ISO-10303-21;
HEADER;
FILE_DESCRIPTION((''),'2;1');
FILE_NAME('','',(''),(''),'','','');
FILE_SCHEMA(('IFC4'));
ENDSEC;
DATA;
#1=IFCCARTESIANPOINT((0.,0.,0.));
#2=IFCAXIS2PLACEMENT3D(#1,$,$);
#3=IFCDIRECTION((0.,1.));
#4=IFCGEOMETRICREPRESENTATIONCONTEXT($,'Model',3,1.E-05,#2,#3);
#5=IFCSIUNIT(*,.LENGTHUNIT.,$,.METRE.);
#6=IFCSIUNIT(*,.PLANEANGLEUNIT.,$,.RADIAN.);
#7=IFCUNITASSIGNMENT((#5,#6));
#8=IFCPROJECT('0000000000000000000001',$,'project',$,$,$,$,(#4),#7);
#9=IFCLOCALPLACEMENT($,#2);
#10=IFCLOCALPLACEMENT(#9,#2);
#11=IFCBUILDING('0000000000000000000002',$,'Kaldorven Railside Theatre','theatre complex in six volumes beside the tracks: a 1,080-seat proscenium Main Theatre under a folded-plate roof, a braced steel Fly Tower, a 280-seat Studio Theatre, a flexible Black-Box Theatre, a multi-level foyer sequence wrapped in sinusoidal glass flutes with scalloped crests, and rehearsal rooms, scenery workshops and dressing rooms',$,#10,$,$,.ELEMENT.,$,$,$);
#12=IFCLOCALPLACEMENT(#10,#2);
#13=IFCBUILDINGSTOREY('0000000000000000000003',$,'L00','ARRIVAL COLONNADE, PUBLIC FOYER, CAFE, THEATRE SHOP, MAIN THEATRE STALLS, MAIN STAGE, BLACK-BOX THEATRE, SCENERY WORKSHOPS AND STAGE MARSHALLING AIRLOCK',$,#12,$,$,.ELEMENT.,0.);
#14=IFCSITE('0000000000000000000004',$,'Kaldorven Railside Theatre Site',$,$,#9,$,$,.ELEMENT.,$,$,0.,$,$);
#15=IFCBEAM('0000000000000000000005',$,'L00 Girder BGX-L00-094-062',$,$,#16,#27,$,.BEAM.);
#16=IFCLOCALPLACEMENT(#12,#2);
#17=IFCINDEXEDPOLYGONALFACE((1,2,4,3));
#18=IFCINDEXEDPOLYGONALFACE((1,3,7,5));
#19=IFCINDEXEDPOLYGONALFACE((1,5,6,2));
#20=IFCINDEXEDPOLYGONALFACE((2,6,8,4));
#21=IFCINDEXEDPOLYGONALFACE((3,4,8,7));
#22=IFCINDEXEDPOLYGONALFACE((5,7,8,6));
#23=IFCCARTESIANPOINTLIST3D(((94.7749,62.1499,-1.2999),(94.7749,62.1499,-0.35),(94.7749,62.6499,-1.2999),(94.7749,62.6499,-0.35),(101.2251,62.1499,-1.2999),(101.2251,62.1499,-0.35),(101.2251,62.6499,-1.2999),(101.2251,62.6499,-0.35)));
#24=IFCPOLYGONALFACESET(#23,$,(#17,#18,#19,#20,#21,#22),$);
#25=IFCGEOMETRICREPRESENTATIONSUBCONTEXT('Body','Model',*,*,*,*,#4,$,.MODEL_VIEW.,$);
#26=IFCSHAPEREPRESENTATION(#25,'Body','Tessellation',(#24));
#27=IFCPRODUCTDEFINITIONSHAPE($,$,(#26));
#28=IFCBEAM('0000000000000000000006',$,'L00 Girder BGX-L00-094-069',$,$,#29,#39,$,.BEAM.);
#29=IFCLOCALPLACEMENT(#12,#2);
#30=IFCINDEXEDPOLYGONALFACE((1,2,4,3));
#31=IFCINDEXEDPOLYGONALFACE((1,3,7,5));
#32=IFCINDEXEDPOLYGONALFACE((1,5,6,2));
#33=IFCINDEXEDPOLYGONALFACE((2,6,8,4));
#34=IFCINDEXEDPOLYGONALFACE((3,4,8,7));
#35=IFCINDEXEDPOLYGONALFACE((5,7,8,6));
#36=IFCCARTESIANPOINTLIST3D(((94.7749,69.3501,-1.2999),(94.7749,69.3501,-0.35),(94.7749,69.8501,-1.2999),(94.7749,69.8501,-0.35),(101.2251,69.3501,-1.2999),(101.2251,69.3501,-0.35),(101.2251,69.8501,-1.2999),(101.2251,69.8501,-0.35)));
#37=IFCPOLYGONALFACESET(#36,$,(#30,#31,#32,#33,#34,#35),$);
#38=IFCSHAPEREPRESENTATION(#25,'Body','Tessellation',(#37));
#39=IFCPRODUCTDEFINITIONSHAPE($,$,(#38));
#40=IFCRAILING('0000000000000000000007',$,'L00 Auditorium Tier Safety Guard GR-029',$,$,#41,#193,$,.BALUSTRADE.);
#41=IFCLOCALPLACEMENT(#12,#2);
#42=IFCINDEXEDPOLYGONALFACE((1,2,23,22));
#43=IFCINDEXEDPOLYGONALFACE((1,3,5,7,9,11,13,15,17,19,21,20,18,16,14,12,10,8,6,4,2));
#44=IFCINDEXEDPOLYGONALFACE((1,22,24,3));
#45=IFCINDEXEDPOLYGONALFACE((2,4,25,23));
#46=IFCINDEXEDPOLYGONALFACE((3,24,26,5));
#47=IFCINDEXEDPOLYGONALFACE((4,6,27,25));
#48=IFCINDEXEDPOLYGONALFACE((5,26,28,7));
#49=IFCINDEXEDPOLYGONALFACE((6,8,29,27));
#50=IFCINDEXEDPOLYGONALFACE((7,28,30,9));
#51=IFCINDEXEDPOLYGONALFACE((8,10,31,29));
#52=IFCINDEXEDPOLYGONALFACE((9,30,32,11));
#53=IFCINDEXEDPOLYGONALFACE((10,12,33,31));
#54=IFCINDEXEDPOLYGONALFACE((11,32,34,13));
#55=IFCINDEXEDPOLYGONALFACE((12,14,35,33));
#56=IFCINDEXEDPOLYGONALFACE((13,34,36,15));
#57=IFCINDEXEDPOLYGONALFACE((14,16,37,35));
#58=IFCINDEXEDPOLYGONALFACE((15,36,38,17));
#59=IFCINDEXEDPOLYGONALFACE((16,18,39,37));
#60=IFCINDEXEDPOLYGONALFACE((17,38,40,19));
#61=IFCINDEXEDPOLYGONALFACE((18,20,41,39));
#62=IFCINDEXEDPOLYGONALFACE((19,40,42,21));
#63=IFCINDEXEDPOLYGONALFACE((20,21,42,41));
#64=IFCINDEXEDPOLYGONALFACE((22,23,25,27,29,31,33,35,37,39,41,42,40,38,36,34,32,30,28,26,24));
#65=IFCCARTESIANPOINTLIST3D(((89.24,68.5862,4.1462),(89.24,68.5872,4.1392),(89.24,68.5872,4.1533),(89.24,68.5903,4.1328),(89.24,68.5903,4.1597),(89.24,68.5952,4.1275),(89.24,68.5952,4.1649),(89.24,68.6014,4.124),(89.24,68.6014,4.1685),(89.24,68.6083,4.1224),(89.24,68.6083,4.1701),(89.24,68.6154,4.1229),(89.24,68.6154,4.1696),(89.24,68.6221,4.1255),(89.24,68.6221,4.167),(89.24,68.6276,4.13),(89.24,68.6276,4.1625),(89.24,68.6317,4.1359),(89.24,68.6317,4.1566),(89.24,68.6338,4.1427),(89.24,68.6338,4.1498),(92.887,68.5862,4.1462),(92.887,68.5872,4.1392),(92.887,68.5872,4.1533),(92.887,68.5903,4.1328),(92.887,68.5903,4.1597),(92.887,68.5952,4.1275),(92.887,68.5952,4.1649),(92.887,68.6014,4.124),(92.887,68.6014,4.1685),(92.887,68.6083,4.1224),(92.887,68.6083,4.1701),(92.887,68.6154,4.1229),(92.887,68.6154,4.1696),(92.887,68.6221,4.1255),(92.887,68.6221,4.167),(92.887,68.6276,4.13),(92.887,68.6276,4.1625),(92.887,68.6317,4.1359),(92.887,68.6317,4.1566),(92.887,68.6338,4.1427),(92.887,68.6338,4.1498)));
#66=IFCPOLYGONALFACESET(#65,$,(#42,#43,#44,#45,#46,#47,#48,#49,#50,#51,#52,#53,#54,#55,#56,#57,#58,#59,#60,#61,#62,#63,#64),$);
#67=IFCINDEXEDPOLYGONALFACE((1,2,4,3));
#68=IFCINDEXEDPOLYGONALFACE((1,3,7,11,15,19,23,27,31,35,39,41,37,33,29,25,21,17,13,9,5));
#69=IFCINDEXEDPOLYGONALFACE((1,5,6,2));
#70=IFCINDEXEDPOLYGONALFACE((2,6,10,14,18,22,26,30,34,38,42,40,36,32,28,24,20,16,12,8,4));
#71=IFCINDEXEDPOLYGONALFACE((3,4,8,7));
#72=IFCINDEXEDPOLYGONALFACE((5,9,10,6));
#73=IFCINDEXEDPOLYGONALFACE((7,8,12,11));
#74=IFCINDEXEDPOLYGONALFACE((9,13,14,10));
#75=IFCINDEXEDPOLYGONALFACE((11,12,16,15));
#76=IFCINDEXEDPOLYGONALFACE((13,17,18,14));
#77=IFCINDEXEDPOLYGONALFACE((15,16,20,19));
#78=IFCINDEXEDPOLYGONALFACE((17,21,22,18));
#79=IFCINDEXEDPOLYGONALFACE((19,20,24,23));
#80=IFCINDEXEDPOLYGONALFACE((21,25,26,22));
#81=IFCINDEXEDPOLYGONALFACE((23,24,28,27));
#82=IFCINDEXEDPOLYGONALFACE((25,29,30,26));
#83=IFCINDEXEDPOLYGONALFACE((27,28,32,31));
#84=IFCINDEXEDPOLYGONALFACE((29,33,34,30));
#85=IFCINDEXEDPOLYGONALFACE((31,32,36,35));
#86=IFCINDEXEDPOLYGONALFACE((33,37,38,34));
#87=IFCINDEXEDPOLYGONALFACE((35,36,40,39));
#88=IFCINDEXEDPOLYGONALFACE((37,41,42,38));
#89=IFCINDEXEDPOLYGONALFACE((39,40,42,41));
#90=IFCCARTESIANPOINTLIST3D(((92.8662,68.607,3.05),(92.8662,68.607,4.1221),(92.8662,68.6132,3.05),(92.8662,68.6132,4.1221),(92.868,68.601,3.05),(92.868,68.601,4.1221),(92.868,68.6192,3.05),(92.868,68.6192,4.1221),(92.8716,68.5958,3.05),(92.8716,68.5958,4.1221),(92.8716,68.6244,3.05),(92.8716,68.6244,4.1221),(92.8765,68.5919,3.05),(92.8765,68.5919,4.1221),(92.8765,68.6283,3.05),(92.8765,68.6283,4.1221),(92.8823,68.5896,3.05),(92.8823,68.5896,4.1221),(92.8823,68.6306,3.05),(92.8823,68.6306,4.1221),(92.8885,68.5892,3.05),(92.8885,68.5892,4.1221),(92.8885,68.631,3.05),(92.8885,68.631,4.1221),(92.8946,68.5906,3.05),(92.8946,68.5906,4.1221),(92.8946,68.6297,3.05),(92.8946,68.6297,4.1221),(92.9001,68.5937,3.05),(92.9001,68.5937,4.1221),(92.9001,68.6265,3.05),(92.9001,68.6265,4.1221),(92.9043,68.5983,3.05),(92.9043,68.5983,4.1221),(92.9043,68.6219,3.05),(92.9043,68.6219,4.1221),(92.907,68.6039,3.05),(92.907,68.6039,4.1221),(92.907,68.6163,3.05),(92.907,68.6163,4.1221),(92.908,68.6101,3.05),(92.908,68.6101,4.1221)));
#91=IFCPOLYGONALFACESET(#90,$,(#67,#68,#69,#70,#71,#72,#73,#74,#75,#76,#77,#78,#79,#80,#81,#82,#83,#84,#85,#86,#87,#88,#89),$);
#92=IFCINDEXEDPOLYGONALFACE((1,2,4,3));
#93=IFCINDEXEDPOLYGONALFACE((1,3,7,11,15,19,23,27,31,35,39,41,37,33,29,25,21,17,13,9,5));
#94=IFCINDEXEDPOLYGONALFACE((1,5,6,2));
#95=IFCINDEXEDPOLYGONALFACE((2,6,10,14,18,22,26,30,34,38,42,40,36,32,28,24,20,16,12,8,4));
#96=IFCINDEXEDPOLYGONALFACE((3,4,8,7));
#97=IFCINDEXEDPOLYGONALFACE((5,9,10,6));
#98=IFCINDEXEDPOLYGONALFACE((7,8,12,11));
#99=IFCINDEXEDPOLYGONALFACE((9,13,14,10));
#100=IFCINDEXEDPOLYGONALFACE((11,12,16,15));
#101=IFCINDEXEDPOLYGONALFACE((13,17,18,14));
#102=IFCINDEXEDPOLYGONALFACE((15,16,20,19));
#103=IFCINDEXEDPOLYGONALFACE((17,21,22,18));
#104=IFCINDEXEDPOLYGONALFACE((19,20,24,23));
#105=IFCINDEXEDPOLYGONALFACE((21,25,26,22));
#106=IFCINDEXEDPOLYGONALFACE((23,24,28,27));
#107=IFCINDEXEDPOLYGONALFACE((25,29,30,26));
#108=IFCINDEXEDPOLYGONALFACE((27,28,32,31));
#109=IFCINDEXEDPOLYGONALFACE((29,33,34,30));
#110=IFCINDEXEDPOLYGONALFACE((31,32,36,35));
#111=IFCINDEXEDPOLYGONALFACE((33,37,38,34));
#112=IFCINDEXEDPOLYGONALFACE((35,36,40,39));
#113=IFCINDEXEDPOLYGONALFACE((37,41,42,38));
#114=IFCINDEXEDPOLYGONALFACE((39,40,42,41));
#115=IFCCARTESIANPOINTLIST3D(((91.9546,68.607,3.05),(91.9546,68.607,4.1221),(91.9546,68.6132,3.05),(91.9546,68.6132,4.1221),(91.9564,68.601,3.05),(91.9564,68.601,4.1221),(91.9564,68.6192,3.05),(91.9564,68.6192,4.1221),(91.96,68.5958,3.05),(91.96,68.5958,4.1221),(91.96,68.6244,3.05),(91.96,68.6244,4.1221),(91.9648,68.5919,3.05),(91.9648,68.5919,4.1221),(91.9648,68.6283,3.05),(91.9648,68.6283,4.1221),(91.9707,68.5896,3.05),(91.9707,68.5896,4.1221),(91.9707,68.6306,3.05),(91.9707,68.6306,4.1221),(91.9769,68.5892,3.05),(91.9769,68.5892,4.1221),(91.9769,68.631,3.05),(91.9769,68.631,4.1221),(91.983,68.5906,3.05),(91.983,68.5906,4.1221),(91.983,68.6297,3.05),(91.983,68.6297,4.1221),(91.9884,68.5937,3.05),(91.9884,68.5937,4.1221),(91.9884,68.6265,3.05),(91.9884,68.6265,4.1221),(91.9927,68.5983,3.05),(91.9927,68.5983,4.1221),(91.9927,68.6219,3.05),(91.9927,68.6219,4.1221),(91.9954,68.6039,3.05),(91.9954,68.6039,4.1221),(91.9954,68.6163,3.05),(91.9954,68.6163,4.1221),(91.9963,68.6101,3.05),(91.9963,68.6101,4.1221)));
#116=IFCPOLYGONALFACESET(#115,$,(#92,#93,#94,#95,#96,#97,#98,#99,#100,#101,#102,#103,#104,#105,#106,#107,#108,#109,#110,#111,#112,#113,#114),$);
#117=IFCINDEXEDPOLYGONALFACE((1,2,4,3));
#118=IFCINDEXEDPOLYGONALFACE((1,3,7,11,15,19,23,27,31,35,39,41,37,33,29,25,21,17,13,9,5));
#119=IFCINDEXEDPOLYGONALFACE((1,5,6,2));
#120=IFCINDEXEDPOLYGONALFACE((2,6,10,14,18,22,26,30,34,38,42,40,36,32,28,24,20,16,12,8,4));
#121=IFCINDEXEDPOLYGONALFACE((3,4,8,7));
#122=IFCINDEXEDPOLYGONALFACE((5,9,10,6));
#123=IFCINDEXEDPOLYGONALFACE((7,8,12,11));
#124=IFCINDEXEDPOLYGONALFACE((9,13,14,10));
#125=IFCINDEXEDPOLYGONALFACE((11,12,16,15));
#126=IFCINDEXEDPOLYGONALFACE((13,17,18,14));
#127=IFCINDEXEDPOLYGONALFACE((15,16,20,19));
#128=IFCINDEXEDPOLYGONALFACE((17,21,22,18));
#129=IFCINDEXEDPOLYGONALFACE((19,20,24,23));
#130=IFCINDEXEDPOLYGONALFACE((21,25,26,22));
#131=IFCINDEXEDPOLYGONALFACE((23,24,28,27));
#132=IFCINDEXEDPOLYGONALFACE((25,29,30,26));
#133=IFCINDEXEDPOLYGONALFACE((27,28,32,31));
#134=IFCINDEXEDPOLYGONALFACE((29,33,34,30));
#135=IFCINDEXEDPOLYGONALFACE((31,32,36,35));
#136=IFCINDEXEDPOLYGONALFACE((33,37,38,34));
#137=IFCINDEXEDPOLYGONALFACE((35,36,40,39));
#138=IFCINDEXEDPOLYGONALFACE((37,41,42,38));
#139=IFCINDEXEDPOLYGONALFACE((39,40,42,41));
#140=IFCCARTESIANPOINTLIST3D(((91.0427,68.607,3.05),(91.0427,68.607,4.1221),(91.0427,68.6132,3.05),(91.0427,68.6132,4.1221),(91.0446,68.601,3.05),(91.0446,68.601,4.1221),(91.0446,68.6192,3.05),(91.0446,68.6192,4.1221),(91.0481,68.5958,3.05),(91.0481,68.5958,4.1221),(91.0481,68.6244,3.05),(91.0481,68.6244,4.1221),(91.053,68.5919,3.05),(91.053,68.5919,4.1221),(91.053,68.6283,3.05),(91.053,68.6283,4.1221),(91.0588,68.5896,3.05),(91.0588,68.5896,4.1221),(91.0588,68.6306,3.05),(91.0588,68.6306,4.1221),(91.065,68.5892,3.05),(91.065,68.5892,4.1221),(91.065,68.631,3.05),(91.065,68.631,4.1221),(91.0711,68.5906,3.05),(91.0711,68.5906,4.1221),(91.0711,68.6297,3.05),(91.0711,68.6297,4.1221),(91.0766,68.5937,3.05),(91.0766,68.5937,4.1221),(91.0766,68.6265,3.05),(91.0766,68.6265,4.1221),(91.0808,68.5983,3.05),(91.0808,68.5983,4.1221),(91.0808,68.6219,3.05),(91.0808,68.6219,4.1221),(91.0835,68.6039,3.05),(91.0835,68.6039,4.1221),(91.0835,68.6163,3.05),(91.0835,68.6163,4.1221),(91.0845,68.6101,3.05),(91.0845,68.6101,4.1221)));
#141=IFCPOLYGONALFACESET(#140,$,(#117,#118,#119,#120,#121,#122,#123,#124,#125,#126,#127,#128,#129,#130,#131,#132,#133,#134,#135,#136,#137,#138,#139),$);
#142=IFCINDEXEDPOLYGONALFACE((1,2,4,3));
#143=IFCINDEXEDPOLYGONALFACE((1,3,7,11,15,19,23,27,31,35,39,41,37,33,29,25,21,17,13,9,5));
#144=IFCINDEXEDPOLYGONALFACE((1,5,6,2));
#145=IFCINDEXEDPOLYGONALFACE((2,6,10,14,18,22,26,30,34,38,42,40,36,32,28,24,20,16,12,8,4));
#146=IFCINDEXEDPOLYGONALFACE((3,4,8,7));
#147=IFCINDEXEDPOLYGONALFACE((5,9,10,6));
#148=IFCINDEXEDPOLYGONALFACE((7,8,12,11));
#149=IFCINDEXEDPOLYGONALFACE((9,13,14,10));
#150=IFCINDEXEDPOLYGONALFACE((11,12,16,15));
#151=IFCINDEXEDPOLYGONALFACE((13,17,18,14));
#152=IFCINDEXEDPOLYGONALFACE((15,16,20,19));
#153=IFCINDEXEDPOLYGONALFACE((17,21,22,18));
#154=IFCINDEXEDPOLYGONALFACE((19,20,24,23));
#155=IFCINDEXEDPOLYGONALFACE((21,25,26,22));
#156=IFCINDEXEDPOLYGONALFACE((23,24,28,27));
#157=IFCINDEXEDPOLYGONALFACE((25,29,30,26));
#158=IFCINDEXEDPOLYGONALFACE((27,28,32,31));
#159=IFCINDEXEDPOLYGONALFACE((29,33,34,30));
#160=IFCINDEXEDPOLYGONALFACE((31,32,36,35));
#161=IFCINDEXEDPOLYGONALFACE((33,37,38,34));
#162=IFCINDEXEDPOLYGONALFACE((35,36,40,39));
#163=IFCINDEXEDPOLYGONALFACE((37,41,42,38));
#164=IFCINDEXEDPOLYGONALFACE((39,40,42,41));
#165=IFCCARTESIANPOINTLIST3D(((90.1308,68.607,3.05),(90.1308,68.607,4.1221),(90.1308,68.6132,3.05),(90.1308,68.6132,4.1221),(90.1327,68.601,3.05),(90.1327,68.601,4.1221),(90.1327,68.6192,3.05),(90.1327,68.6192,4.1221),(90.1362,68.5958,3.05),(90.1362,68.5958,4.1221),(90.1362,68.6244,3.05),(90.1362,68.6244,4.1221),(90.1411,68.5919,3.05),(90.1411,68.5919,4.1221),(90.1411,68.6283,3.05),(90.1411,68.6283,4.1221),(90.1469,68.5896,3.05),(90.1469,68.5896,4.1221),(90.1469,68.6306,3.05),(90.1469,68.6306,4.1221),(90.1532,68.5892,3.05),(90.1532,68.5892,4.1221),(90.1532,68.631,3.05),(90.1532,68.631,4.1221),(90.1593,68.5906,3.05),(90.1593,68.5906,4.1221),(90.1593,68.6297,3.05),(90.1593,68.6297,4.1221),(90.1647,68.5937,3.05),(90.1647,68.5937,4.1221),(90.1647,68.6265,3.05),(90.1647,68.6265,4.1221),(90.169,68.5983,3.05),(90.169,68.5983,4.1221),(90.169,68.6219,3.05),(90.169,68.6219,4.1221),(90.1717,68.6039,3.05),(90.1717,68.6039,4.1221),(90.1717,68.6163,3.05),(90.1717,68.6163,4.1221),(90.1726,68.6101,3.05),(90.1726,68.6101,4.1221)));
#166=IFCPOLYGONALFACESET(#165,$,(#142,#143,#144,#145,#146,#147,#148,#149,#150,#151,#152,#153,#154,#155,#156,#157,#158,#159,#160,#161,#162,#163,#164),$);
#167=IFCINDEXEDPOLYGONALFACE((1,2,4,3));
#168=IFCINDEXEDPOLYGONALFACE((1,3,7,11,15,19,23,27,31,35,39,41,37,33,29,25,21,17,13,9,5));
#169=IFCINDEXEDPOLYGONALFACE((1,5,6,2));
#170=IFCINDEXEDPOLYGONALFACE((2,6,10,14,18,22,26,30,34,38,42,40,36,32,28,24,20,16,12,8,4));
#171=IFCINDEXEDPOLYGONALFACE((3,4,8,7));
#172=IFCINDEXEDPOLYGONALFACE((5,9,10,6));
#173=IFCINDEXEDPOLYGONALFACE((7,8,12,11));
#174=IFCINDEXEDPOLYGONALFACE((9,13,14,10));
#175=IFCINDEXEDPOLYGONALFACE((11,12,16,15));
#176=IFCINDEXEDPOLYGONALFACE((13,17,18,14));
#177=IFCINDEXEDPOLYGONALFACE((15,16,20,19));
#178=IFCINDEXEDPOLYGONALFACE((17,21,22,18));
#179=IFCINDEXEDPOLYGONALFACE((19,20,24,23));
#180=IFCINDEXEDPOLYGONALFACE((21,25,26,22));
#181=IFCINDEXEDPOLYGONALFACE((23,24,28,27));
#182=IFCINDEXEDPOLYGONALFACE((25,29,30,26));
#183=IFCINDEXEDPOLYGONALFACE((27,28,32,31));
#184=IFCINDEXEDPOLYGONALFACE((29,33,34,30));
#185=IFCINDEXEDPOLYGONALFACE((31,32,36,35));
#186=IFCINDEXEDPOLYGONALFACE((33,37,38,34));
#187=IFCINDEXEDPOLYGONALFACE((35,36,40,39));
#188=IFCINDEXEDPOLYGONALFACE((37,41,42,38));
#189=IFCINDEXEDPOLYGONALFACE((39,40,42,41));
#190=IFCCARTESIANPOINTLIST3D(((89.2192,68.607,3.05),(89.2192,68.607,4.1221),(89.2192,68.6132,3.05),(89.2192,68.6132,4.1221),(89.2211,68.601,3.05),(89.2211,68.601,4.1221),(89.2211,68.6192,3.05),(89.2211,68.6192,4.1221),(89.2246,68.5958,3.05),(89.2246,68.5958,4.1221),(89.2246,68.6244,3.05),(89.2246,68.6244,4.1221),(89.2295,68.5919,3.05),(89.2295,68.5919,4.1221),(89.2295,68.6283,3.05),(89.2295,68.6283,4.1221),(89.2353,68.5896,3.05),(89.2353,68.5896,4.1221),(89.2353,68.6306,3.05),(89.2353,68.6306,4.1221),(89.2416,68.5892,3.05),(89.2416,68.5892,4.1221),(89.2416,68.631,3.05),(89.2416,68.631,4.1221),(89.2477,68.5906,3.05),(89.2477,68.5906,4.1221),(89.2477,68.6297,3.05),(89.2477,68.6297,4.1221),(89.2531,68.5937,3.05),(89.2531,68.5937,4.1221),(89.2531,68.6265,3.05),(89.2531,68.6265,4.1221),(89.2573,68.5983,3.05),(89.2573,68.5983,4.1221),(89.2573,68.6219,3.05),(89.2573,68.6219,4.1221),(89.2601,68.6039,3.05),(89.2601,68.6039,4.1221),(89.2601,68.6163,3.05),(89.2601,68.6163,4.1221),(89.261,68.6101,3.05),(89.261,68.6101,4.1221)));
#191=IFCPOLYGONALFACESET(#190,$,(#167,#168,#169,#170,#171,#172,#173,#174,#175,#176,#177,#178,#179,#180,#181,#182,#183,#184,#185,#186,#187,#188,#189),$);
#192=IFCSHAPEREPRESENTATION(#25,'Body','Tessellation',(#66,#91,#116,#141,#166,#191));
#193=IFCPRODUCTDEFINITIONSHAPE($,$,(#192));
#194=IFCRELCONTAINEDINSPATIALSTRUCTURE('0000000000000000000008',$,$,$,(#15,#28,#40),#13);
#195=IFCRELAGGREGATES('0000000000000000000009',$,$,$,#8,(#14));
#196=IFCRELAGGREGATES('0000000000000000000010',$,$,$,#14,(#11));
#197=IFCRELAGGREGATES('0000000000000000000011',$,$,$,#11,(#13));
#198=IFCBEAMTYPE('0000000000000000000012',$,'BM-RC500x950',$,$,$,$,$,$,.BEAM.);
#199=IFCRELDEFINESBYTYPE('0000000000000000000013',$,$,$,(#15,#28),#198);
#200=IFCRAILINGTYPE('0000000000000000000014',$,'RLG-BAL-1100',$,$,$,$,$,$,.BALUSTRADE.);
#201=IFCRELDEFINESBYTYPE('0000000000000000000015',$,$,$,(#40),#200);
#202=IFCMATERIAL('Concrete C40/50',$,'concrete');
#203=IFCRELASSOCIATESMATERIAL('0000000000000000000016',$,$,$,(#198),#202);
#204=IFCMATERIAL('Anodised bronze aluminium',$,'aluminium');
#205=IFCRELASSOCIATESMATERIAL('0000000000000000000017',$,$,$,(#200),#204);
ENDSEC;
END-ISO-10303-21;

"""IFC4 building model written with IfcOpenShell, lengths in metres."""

from ifc_helpers import new_model, si_unit, direction, frame, origin, origin_2d, place, context, subcontext, project, spatial, rectangle, circle, extrude, material, material_profile, profile_set, type_object, element, save


model = new_model("IFC4")

# Units and contexts
model_context = context("Model", 3, precision=1e-05, world=origin(), true_north=direction((0.0, 1.0)))
body_context = subcontext(model_context, "Body", "Model", "MODEL_VIEW")
ifc_project = project(units=[si_unit("LENGTHUNIT", "METRE"), si_unit("PLANEANGLEUNIT", "RADIAN")], contexts=[model_context])

# Site, building, storey
site_placement = place(None, origin())
site = spatial("IfcSite", under=ifc_project, at=site_placement, Name="Kaldorven Railside Theatre Site", CompositionType="ELEMENT", RefElevation=0.0)
building_placement = place(site_placement, origin())
building = spatial("IfcBuilding", under=site, at=building_placement, Name="Kaldorven Railside Theatre", Description="theatre complex in six volumes beside the tracks: a 1,080-seat proscenium Main Theatre under a folded-plate roof, a braced steel Fly Tower, a 280-seat Studio Theatre, a flexible Black-Box Theatre, a multi-level foyer sequence wrapped in sinusoidal glass flutes with scalloped crests, and rehearsal rooms, scenery workshops and dressing rooms", CompositionType="ELEMENT")
storey_placement = place(building_placement, origin())
storey = spatial("IfcBuildingStorey", under=building, at=storey_placement, Name="L00", Description="ARRIVAL COLONNADE, PUBLIC FOYER, CAFE, THEATRE SHOP, MAIN THEATRE STALLS, MAIN STAGE, BLACK-BOX THEATRE, SCENERY WORKSHOPS AND STAGE MARSHALLING AIRLOCK", CompositionType="ELEMENT", Elevation=0.0)

# Beams
ifc_material_1 = material(Name="Concrete C40/50", Category="concrete")
ifc_material_profile_1 = material_profile(ifc_material_1, rectangle(XDim=0.5, YDim=0.95, at=origin_2d()), Name="RC 500x950")
ifc_profile_set_1 = profile_set([ifc_material_profile_1], Name="Concrete C40/50")
beam_type_1 = type_object("IfcBeamType", Name="BM-RC500x950", PredefinedType="BEAM", material=ifc_profile_set_1)
for number, where, z_axis, x_axis, name in (
    (1, (94.7749, 62.3999, -0.825), (1.0, 0.0, 0.0), (0.0, 1.0, 0.0), "L00 Girder BGX-L00-094-062"),
    (2, (94.7749, 69.6001, -0.825), (1.0, 0.0, 0.0), (0.0, 1.0, 0.0), "L00 Girder BGX-L00-094-069"),
):
    element("IfcBeam", number, at=place(storey_placement, frame(where, z_axis=z_axis, x_axis=x_axis)), inside=storey, type_object=beam_type_1, Name=name, PredefinedType="BEAM", context=body_context, shape_type="SweptSolid", body=[
        extrude(rectangle(XDim=0.5, YDim=0.95, at=origin_2d()), origin(), (0.0, 0.0, 1.0), 6.4502),
    ])

# Railing
ifc_material_2 = material(Name="Anodised bronze aluminium", Category="aluminium")
railing_type = type_object("IfcRailingType", Name="RLG-BAL-1100", PredefinedType="BALUSTRADE", material=ifc_material_2)
for number, where, name in (
    (3, (92.887, 68.6101, 3.05), "L00 Auditorium Tier Safety Guard GR-029"),
):
    element("IfcRailing", number, at=place(storey_placement, frame(where)), inside=storey, type_object=railing_type, Name=name, PredefinedType="BALUSTRADE", context=body_context, shape_type="SweptSolid", body=[
        extrude(circle(Radius=0.0239, at=origin_2d()), frame((0.0, 0.0, 1.0962), z_axis=(-1.0, 0.0, 0.0), x_axis=(0.0, -1.0, 0.0)), (0.0, 0.0, 1.0), 3.647),
        extrude(circle(Radius=0.021, at=origin_2d()), origin(), (0.0, 0.0, 1.0), 1.072),
        extrude(circle(Radius=0.021, at=origin_2d()), frame((-0.9116, 0.0, 0.0)), (0.0, 0.0, 1.0), 1.072),
        extrude(circle(Radius=0.021, at=origin_2d()), frame((-1.8235, 0.0, 0.0)), (0.0, 0.0, 1.0), 1.072),
        extrude(circle(Radius=0.021, at=origin_2d()), frame((-2.7354, 0.0, 0.0)), (0.0, 0.0, 1.0), 1.072),
        extrude(circle(Radius=0.021, at=origin_2d()), frame((-3.647, 0.0, 0.0)), (0.0, 0.0, 1.0), 1.072),
    ])

save(model, "model.ifc")
